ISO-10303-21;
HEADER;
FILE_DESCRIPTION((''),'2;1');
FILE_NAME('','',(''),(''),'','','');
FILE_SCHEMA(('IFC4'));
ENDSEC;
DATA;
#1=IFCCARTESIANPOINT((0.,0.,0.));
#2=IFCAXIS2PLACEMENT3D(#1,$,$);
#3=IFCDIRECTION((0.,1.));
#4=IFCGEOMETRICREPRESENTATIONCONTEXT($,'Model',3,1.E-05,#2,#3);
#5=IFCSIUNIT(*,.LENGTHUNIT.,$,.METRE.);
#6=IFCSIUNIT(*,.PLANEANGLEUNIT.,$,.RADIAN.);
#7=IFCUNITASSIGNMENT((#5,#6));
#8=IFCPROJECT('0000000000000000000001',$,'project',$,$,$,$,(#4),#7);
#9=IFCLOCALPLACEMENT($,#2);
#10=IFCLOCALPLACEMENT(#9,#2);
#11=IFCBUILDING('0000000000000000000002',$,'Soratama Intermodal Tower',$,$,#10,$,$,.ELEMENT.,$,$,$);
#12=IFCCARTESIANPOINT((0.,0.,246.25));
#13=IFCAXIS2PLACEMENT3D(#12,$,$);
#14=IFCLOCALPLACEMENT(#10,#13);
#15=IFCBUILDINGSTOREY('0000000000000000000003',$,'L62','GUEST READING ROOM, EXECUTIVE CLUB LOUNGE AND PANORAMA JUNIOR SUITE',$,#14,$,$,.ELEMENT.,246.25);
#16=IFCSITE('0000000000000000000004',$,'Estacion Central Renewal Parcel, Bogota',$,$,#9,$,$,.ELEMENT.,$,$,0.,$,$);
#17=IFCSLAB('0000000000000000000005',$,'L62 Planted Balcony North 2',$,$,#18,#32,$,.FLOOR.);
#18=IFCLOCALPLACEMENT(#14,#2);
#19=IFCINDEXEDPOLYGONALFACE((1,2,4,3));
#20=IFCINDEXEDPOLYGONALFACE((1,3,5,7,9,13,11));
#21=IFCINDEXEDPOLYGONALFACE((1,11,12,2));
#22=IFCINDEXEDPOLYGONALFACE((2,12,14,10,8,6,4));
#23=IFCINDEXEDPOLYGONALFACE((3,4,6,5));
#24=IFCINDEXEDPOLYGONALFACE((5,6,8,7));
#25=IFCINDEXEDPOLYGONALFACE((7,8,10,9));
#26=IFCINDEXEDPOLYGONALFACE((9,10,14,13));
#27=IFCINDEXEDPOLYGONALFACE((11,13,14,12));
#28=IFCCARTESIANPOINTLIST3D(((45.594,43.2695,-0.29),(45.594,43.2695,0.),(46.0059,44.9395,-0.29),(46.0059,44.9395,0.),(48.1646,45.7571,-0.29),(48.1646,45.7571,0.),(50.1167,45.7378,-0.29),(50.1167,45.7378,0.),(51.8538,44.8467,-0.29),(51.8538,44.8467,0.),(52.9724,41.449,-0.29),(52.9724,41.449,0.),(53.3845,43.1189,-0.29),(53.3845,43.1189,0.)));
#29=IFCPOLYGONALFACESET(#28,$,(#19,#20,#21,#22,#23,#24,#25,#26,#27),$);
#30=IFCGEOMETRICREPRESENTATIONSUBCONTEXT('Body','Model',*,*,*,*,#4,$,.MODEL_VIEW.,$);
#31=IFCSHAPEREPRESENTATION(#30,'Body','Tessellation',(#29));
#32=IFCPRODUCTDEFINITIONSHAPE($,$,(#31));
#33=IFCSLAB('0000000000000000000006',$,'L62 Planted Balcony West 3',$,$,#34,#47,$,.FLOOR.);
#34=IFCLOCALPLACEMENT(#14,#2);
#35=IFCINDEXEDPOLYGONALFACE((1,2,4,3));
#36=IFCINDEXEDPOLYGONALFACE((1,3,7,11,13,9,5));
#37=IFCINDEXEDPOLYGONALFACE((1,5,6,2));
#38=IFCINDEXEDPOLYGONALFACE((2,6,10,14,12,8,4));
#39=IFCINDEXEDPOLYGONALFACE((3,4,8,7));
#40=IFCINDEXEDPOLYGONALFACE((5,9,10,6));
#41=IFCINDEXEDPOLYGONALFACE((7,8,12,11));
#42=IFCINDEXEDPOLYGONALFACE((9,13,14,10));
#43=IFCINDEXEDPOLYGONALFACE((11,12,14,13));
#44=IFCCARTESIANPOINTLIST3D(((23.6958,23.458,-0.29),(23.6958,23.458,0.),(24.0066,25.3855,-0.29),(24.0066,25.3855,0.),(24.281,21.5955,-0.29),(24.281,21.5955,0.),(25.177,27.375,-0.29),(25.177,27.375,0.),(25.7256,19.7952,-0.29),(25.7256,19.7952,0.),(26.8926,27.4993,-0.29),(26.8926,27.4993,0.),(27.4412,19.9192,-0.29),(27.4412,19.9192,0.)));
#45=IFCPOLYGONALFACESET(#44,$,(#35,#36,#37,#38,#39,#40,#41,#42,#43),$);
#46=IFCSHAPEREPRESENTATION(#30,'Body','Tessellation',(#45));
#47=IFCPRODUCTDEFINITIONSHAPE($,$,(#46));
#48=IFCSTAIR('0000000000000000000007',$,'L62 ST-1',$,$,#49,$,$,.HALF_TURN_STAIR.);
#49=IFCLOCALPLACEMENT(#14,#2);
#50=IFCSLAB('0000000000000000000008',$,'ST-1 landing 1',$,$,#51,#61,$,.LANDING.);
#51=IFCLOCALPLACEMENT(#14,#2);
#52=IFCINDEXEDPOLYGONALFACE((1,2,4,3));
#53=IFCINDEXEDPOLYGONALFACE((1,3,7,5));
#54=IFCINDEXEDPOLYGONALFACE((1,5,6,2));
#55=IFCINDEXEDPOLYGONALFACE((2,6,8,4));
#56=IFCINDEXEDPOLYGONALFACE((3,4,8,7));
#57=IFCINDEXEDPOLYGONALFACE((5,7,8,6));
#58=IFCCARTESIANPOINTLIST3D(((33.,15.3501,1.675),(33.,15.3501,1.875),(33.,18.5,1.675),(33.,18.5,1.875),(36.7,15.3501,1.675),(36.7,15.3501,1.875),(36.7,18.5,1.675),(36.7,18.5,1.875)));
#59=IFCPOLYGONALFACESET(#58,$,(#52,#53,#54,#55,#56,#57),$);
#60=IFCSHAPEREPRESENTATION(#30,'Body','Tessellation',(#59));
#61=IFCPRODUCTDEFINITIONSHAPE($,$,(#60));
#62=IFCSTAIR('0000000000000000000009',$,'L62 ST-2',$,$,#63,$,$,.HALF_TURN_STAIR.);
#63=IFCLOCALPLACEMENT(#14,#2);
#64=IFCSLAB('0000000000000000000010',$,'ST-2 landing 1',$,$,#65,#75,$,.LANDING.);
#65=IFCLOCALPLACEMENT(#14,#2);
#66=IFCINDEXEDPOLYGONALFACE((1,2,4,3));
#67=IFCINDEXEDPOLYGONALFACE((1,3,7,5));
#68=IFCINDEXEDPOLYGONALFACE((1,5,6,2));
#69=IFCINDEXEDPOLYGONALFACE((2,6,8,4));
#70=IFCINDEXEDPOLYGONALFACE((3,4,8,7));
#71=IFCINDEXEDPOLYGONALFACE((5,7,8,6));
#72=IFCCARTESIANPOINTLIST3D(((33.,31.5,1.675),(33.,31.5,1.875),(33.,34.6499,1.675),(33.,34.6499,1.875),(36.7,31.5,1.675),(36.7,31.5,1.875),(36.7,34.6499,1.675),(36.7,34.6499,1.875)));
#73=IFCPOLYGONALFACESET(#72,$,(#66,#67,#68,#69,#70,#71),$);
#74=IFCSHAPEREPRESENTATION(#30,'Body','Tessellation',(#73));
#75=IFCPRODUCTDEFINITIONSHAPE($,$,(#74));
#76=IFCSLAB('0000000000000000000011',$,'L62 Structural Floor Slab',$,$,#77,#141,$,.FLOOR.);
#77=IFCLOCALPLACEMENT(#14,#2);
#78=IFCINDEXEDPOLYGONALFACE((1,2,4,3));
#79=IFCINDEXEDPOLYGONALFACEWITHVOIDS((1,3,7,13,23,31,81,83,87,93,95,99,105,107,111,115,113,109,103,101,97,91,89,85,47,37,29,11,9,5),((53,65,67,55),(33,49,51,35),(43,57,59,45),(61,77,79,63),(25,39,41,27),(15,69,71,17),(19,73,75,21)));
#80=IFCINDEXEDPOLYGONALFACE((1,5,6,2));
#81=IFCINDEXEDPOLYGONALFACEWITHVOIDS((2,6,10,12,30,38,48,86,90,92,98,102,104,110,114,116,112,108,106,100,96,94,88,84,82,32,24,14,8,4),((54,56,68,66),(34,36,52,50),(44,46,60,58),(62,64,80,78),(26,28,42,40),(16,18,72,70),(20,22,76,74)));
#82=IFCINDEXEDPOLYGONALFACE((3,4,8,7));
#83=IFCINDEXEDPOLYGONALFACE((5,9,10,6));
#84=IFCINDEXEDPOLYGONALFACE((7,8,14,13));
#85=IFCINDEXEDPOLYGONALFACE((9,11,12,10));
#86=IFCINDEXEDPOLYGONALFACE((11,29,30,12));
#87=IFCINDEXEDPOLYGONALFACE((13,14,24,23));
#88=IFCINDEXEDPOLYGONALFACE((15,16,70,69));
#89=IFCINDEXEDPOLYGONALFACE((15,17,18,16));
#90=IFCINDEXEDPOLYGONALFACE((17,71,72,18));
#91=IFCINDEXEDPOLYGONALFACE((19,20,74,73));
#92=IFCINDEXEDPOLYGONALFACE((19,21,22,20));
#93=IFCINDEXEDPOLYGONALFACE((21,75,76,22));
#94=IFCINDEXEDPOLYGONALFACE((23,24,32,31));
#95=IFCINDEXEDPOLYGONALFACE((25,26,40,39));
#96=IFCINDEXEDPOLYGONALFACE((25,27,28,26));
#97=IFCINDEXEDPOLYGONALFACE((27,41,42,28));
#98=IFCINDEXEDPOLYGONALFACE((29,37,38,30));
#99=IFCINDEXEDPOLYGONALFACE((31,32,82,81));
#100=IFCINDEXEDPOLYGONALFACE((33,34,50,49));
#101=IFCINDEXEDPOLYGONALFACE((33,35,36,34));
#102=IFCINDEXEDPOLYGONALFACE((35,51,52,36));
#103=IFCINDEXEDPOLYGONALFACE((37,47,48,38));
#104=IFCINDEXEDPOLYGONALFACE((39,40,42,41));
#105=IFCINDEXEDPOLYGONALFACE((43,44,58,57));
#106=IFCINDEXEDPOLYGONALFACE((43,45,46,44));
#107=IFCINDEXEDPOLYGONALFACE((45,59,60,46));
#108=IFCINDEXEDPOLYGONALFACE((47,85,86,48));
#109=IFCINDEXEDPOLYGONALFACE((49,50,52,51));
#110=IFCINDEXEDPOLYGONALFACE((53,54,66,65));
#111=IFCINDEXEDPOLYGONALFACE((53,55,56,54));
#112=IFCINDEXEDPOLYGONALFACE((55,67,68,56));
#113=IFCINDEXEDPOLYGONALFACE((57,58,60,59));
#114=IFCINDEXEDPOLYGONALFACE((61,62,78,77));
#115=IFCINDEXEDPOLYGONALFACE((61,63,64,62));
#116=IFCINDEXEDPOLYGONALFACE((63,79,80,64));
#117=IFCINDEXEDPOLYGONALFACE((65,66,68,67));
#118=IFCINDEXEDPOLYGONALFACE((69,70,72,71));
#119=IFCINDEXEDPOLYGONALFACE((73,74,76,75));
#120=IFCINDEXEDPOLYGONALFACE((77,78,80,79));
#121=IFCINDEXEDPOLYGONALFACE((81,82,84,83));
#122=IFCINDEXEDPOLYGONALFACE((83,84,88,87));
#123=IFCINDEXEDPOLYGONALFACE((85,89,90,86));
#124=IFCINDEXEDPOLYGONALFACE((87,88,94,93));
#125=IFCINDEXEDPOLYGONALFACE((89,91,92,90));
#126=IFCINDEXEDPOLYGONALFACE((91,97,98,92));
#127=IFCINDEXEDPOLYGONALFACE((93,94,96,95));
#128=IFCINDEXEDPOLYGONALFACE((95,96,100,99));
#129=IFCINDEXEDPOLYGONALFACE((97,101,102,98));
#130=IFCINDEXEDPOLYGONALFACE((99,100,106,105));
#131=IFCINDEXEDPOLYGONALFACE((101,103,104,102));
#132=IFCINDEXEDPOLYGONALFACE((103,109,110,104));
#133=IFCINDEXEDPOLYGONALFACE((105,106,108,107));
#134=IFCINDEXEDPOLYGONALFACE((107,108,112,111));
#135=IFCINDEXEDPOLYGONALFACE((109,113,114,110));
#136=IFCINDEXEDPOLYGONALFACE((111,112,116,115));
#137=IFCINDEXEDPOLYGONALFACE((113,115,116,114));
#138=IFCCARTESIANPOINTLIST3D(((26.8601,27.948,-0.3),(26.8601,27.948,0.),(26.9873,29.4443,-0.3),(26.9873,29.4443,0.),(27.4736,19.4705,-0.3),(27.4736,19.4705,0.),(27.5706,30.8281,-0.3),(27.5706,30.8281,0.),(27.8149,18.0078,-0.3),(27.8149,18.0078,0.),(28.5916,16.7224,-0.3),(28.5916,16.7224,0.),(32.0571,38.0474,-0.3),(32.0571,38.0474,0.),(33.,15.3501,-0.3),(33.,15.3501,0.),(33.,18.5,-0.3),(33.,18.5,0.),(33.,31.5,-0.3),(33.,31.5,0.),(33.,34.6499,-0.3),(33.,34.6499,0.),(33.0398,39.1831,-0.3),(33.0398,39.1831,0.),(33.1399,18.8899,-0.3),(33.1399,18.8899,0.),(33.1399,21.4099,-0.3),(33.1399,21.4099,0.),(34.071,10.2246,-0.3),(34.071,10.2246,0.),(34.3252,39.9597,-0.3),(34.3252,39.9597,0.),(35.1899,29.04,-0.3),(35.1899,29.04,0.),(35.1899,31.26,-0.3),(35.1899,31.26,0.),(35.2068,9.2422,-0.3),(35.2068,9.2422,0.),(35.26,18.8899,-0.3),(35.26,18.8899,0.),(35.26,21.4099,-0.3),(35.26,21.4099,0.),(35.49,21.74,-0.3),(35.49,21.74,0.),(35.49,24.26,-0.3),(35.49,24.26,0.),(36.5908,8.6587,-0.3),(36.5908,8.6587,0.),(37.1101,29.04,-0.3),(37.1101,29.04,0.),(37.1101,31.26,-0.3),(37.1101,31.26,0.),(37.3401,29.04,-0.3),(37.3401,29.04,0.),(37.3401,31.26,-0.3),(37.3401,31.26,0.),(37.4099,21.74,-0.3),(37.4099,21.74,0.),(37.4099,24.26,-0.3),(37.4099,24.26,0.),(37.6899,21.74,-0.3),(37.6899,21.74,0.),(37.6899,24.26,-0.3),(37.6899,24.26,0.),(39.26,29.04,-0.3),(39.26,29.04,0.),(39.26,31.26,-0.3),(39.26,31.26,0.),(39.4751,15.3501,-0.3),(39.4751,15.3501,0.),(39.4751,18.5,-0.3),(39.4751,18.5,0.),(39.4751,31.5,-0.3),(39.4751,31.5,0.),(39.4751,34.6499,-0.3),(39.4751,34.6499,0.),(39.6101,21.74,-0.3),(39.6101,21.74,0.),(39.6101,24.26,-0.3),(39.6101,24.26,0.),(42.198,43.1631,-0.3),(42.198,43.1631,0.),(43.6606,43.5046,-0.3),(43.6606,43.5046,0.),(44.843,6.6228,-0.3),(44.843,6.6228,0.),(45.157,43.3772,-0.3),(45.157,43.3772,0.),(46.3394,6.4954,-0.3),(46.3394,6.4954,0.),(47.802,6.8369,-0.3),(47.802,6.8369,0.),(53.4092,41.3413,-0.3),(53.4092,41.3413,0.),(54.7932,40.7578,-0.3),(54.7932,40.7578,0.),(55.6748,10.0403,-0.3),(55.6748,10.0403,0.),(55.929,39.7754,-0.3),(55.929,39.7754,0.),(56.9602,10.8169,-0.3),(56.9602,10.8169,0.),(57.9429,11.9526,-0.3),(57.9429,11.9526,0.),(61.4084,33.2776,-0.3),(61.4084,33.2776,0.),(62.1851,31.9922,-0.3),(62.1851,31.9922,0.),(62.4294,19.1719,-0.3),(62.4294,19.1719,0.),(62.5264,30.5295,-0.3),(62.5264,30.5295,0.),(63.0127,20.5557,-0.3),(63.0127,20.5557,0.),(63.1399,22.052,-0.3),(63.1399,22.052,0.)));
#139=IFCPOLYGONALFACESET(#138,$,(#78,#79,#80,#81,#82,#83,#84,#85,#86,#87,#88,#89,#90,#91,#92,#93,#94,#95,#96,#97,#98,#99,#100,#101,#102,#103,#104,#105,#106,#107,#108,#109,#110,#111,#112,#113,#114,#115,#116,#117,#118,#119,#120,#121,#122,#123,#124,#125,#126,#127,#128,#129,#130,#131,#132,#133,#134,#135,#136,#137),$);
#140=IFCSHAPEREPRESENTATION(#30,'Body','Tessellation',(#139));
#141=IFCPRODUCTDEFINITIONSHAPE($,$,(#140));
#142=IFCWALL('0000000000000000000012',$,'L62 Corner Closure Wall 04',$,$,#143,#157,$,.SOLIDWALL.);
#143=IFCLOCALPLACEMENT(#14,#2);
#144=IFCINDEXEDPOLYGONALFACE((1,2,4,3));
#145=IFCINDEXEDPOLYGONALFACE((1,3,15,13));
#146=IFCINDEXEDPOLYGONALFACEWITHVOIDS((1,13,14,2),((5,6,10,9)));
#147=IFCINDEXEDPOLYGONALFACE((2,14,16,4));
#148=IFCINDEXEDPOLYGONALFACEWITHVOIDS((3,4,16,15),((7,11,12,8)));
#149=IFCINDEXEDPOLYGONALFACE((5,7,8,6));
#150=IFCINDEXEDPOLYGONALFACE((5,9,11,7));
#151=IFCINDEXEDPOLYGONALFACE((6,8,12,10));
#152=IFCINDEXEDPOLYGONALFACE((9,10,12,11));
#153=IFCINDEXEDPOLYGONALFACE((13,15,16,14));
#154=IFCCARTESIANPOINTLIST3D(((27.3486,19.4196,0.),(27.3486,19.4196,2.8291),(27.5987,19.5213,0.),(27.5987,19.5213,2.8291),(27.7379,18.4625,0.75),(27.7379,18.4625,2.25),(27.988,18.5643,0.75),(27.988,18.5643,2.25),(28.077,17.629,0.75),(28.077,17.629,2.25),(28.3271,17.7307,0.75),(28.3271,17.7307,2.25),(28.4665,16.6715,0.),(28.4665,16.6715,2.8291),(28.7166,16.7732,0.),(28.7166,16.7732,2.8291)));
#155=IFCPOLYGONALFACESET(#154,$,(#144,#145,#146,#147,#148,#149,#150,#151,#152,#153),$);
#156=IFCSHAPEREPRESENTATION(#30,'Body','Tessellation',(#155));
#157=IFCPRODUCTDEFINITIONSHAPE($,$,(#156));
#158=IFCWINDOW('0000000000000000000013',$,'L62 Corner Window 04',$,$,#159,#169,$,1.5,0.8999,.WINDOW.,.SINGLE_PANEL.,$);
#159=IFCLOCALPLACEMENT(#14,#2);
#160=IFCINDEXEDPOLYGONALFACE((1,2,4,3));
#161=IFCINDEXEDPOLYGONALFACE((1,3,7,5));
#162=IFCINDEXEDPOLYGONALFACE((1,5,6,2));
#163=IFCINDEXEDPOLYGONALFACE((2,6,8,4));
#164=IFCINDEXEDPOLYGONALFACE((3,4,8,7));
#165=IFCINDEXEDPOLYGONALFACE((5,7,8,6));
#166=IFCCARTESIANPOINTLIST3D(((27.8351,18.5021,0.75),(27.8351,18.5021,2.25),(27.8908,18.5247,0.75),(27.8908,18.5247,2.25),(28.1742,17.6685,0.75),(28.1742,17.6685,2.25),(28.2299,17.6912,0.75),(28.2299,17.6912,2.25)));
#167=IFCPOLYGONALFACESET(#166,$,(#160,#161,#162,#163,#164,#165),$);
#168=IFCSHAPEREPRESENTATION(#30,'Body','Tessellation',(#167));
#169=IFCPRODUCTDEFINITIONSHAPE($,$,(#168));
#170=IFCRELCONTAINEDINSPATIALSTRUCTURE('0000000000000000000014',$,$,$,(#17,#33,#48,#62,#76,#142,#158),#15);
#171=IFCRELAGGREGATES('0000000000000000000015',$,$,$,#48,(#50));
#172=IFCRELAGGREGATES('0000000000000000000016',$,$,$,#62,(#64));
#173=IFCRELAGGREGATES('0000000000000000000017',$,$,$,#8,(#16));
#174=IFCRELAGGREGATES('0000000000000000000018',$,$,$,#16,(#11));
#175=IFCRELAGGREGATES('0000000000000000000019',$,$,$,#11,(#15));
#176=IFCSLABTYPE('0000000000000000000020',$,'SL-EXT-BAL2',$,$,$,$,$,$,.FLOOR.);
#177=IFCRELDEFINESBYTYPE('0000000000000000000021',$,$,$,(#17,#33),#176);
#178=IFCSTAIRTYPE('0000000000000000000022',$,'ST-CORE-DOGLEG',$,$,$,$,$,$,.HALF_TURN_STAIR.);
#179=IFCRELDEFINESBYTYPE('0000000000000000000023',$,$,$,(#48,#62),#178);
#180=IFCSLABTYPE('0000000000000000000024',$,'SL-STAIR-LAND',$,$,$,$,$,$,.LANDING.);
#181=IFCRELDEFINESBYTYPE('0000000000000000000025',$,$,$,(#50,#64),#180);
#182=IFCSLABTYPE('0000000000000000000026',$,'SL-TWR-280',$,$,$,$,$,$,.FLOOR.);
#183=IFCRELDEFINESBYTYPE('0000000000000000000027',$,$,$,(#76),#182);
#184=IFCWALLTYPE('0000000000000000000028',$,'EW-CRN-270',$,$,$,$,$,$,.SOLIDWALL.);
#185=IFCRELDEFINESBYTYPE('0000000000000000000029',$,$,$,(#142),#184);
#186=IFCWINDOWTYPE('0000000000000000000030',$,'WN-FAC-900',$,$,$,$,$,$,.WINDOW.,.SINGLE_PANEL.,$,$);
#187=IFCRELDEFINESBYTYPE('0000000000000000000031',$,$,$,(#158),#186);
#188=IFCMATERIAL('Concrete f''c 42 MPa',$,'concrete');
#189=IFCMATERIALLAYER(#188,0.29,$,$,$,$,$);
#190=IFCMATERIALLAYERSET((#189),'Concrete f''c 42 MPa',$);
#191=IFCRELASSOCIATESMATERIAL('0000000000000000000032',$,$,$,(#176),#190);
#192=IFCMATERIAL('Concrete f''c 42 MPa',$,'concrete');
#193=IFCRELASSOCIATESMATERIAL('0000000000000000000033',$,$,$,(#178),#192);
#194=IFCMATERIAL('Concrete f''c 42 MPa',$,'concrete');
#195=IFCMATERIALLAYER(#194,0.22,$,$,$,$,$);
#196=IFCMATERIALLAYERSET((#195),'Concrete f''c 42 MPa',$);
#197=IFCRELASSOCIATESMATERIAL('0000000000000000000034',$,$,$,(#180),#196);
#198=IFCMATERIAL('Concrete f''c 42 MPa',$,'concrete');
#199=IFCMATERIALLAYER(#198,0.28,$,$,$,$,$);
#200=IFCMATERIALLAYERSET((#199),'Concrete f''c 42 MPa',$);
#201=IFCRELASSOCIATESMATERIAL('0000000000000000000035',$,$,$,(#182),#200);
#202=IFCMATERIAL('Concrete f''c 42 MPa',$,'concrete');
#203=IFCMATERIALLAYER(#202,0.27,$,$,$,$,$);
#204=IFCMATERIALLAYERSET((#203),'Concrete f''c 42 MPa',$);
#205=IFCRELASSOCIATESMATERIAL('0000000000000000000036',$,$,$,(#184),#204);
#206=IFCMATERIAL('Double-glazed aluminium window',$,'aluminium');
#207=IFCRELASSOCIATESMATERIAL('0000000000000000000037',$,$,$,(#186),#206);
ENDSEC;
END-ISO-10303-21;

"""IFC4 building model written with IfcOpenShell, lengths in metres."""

from ifc_helpers import new_model, si_unit, direction, frame, frame_2d, origin, place, context, subcontext, project, spatial, polyline, rectangle, outline, extrude, material, layer, layer_set, type_object, element, fill, aggregate, save


model = new_model("IFC4")

# Units and contexts
model_context = context("Model", 3, precision=1e-05, world=origin(), true_north=direction((0.0, 1.0)))
body_context = subcontext(model_context, "Body", "Model", "MODEL_VIEW")
ifc_project = project(units=[si_unit("LENGTHUNIT", "METRE"), si_unit("PLANEANGLEUNIT", "RADIAN")], contexts=[model_context])

# Site, building, storey
site_placement = place(None, origin())
site = spatial("IfcSite", under=ifc_project, at=site_placement, Name="Estacion Central Renewal Parcel, Bogota", CompositionType="ELEMENT", RefElevation=0.0)
building_placement = place(site_placement, origin())
building = spatial("IfcBuilding", under=site, at=building_placement, Name="Soratama Intermodal Tower", CompositionType="ELEMENT")
storey_placement = place(building_placement, frame((0.0, 0.0, 246.25)))
storey = spatial("IfcBuildingStorey", under=building, at=storey_placement, Name="L62", Description="GUEST READING ROOM, EXECUTIVE CLUB LOUNGE AND PANORAMA JUNIOR SUITE", CompositionType="ELEMENT", Elevation=246.25)

# Slabs
ifc_material_1 = material(Name="Concrete f'c 42 MPa", Category="concrete")
ifc_layer_1 = layer(ifc_material_1, 0.29)
ifc_layer_set_1 = layer_set([ifc_layer_1], Name="Concrete f'c 42 MPa")
slab_type_1 = type_object("IfcSlabType", Name="SL-EXT-BAL2", PredefinedType="FLOOR", material=ifc_layer_set_1)
slab_1_placement = place(storey_placement, frame((0.0, 0.0, -0.29)))
element("IfcSlab", 1, at=slab_1_placement, inside=storey, type_object=slab_type_1, Name="L62 Planted Balcony North 2", PredefinedType="FLOOR", context=body_context, shape_type="SweptSolid", body=[
    extrude(outline(polyline([(52.9724, 41.449), (45.594, 43.2695), (46.0059, 44.9395), (48.1646, 45.7571), (50.1167, 45.7378), (51.8538, 44.8467), (53.3845, 43.1189), (52.9724, 41.449)])), origin(), (0.0, 0.0, 1.0), 0.29),
])
slab_2_placement = place(storey_placement, frame((0.0, 0.0, -0.29)))
element("IfcSlab", 2, at=slab_2_placement, inside=storey, type_object=slab_type_1, Name="L62 Planted Balcony West 3", PredefinedType="FLOOR", context=body_context, shape_type="SweptSolid", body=[
    extrude(outline(polyline([(26.8926, 27.4993), (27.4412, 19.9192), (25.7256, 19.7952), (24.281, 21.5955), (23.6958, 23.458), (24.0066, 25.3855), (25.177, 27.375), (26.8926, 27.4993)])), origin(), (0.0, 0.0, 1.0), 0.29),
])

# Stairs, slabs
ifc_material_2 = material(Name="Concrete f'c 42 MPa", Category="concrete")
stair_type = type_object("IfcStairType", Name="ST-CORE-DOGLEG", PredefinedType="HALF_TURN_STAIR", material=ifc_material_2)
stair_1_placement = place(storey_placement, origin())
stair_1 = element("IfcStair", 3, at=stair_1_placement, inside=storey, type_object=stair_type, Name="L62 ST-1", PredefinedType="HALF_TURN_STAIR")
ifc_material_3 = material(Name="Concrete f'c 42 MPa", Category="concrete")
ifc_layer_2 = layer(ifc_material_3, 0.22)
ifc_layer_set_2 = layer_set([ifc_layer_2], Name="Concrete f'c 42 MPa")
slab_type_2 = type_object("IfcSlabType", Name="SL-STAIR-LAND", PredefinedType="LANDING", material=ifc_layer_set_2)
slab_3_placement = place(storey_placement, frame((0.0, 0.0, 1.675)))
slab_3 = element("IfcSlab", 4, at=slab_3_placement, type_object=slab_type_2, Name="ST-1 landing 1", PredefinedType="LANDING", context=body_context, shape_type="SweptSolid", body=[
    extrude(outline(polyline([(36.7, 18.5), (33.0, 18.5), (33.0, 15.3501), (36.7, 15.3501), (36.7, 18.5)])), origin(), (0.0, 0.0, 1.0), 0.2),
])
aggregate(stair_1, [slab_3])
stair_2_placement = place(storey_placement, origin())
stair_2 = element("IfcStair", 5, at=stair_2_placement, inside=storey, type_object=stair_type, Name="L62 ST-2", PredefinedType="HALF_TURN_STAIR")
slab_4_placement = place(storey_placement, frame((0.0, 0.0, 1.675)))
slab_4 = element("IfcSlab", 6, at=slab_4_placement, type_object=slab_type_2, Name="ST-2 landing 1", PredefinedType="LANDING", context=body_context, shape_type="SweptSolid", body=[
    extrude(outline(polyline([(36.7, 34.6499), (33.0, 34.6499), (33.0, 31.5), (36.7, 31.5), (36.7, 34.6499)])), origin(), (0.0, 0.0, 1.0), 0.2),
])
aggregate(stair_2, [slab_4])

# Slab
ifc_material_4 = material(Name="Concrete f'c 42 MPa", Category="concrete")
ifc_layer_3 = layer(ifc_material_4, 0.28)
ifc_layer_set_3 = layer_set([ifc_layer_3], Name="Concrete f'c 42 MPa")
slab_type_3 = type_object("IfcSlabType", Name="SL-TWR-280", PredefinedType="FLOOR", material=ifc_layer_set_3)
slab_5_placement = place(storey_placement, frame((0.0, 0.0, -0.3)))
element("IfcSlab", 7, at=slab_5_placement, inside=storey, type_object=slab_type_3, Name="L62 Structural Floor Slab", PredefinedType="FLOOR", context=body_context, shape_type="SweptSolid", body=[
    extrude(outline(polyline([(55.929, 39.7754), (54.7932, 40.7578), (53.4092, 41.3413), (45.157, 43.3772), (43.6606, 43.5046), (42.198, 43.1631), (34.3252, 39.9597), (33.0398, 39.1831), (32.0571, 38.0474), (27.5706, 30.8281), (26.9873, 29.4443), (26.8601, 27.948), (27.4736, 19.4705), (27.8149, 18.0078), (28.5916, 16.7224), (34.071, 10.2246), (35.2068, 9.2422), (36.5908, 8.6587), (44.843, 6.6228), (46.3394, 6.4954), (47.802, 6.8369), (55.6748, 10.0403), (56.9602, 10.8169), (57.9429, 11.9526), (62.4294, 19.1719), (63.0127, 20.5557), (63.1399, 22.052), (62.5264, 30.5295), (62.1851, 31.9922), (61.4084, 33.2776), (55.929, 39.7754)]), holes=[polyline([(33.0, 15.3501), (39.4751, 15.3501), (39.4751, 18.5), (33.0, 18.5), (33.0, 15.3501)]), polyline([(35.26, 21.4099), (33.1399, 21.4099), (33.1399, 18.8899), (35.26, 18.8899), (35.26, 21.4099)]), polyline([(37.4099, 24.26), (35.49, 24.26), (35.49, 21.74), (37.4099, 21.74), (37.4099, 24.26)]), polyline([(39.6101, 24.26), (37.6899, 24.26), (37.6899, 21.74), (39.6101, 21.74), (39.6101, 24.26)]), polyline([(37.1101, 31.26), (35.1899, 31.26), (35.1899, 29.04), (37.1101, 29.04), (37.1101, 31.26)]), polyline([(39.26, 31.26), (37.3401, 31.26), (37.3401, 29.04), (39.26, 29.04), (39.26, 31.26)]), polyline([(33.0, 34.6499), (33.0, 31.5), (39.4751, 31.5), (39.4751, 34.6499), (33.0, 34.6499)])]), origin(), (0.0, 0.0, 1.0), 0.3),
])

# Wall, opening, window
ifc_material_5 = material(Name="Concrete f'c 42 MPa", Category="concrete")
ifc_layer_4 = layer(ifc_material_5, 0.27)
ifc_layer_set_4 = layer_set([ifc_layer_4], Name="Concrete f'c 42 MPa")
wall_type_1 = type_object("IfcWallType", Name="EW-CRN-270", PredefinedType="SOLIDWALL", material=ifc_layer_set_4)
wall_1_placement = place(storey_placement, frame((27.4736, 19.4705, 0.0), z_axis=(0.0, 0.0, 1.0), x_axis=(0.376818, -0.926287, 0.0)))
wall_1 = element("IfcWall", 8, at=wall_1_placement, inside=storey, type_object=wall_type_1, Name="L62 Corner Closure Wall 04", PredefinedType="SOLIDWALL", context=body_context, shape_type="SweptSolid", body=[
    extrude(rectangle(XDim=2.9668, YDim=0.27, at=frame_2d((1.4834, 0.0))), origin(), (0.0, 0.0, 1.0), 2.8291),
])
opening_1_placement = place(wall_1_placement, frame((1.0332, 0.0, 0.75)))
opening_1 = element("IfcOpeningElement", 9, at=opening_1_placement, cuts=wall_1, PredefinedType="OPENING", context=body_context, shape_type="SweptSolid", body=[
    extrude(rectangle(XDim=0.8999, YDim=1.5, at=frame_2d((0.45, 0.75))), frame((0.0, 0.145, 0.0), z_axis=(0.0, -1.0, 0.0), x_axis=(1.0, 0.0, 0.0)), (0.0, 0.0, 1.0), 0.29),
])
ifc_material_6 = material(Name="Double-glazed aluminium window", Category="aluminium")
window_type = type_object("IfcWindowType", Name="WN-FAC-900", PartitioningType="SINGLE_PANEL", PredefinedType="WINDOW", material=ifc_material_6)
window_placement = place(opening_1_placement, origin())
window = element("IfcWindow", 10, at=window_placement, inside=storey, type_object=window_type, Name="L62 Corner Window 04", OverallHeight=1.5, OverallWidth=0.8999, PartitioningType="SINGLE_PANEL", PredefinedType="WINDOW", context=body_context, shape_type="SweptSolid", body=[
    extrude(rectangle(XDim=0.8999, YDim=1.5, at=frame_2d((0.45, 0.75))), frame((0.0, 0.03, 0.0), z_axis=(0.0, -1.0, 0.0), x_axis=(1.0, 0.0, 0.0)), (0.0, 0.0, 1.0), 0.0601),
])
fill(opening_1, window)

save(model, "model.ifc")
